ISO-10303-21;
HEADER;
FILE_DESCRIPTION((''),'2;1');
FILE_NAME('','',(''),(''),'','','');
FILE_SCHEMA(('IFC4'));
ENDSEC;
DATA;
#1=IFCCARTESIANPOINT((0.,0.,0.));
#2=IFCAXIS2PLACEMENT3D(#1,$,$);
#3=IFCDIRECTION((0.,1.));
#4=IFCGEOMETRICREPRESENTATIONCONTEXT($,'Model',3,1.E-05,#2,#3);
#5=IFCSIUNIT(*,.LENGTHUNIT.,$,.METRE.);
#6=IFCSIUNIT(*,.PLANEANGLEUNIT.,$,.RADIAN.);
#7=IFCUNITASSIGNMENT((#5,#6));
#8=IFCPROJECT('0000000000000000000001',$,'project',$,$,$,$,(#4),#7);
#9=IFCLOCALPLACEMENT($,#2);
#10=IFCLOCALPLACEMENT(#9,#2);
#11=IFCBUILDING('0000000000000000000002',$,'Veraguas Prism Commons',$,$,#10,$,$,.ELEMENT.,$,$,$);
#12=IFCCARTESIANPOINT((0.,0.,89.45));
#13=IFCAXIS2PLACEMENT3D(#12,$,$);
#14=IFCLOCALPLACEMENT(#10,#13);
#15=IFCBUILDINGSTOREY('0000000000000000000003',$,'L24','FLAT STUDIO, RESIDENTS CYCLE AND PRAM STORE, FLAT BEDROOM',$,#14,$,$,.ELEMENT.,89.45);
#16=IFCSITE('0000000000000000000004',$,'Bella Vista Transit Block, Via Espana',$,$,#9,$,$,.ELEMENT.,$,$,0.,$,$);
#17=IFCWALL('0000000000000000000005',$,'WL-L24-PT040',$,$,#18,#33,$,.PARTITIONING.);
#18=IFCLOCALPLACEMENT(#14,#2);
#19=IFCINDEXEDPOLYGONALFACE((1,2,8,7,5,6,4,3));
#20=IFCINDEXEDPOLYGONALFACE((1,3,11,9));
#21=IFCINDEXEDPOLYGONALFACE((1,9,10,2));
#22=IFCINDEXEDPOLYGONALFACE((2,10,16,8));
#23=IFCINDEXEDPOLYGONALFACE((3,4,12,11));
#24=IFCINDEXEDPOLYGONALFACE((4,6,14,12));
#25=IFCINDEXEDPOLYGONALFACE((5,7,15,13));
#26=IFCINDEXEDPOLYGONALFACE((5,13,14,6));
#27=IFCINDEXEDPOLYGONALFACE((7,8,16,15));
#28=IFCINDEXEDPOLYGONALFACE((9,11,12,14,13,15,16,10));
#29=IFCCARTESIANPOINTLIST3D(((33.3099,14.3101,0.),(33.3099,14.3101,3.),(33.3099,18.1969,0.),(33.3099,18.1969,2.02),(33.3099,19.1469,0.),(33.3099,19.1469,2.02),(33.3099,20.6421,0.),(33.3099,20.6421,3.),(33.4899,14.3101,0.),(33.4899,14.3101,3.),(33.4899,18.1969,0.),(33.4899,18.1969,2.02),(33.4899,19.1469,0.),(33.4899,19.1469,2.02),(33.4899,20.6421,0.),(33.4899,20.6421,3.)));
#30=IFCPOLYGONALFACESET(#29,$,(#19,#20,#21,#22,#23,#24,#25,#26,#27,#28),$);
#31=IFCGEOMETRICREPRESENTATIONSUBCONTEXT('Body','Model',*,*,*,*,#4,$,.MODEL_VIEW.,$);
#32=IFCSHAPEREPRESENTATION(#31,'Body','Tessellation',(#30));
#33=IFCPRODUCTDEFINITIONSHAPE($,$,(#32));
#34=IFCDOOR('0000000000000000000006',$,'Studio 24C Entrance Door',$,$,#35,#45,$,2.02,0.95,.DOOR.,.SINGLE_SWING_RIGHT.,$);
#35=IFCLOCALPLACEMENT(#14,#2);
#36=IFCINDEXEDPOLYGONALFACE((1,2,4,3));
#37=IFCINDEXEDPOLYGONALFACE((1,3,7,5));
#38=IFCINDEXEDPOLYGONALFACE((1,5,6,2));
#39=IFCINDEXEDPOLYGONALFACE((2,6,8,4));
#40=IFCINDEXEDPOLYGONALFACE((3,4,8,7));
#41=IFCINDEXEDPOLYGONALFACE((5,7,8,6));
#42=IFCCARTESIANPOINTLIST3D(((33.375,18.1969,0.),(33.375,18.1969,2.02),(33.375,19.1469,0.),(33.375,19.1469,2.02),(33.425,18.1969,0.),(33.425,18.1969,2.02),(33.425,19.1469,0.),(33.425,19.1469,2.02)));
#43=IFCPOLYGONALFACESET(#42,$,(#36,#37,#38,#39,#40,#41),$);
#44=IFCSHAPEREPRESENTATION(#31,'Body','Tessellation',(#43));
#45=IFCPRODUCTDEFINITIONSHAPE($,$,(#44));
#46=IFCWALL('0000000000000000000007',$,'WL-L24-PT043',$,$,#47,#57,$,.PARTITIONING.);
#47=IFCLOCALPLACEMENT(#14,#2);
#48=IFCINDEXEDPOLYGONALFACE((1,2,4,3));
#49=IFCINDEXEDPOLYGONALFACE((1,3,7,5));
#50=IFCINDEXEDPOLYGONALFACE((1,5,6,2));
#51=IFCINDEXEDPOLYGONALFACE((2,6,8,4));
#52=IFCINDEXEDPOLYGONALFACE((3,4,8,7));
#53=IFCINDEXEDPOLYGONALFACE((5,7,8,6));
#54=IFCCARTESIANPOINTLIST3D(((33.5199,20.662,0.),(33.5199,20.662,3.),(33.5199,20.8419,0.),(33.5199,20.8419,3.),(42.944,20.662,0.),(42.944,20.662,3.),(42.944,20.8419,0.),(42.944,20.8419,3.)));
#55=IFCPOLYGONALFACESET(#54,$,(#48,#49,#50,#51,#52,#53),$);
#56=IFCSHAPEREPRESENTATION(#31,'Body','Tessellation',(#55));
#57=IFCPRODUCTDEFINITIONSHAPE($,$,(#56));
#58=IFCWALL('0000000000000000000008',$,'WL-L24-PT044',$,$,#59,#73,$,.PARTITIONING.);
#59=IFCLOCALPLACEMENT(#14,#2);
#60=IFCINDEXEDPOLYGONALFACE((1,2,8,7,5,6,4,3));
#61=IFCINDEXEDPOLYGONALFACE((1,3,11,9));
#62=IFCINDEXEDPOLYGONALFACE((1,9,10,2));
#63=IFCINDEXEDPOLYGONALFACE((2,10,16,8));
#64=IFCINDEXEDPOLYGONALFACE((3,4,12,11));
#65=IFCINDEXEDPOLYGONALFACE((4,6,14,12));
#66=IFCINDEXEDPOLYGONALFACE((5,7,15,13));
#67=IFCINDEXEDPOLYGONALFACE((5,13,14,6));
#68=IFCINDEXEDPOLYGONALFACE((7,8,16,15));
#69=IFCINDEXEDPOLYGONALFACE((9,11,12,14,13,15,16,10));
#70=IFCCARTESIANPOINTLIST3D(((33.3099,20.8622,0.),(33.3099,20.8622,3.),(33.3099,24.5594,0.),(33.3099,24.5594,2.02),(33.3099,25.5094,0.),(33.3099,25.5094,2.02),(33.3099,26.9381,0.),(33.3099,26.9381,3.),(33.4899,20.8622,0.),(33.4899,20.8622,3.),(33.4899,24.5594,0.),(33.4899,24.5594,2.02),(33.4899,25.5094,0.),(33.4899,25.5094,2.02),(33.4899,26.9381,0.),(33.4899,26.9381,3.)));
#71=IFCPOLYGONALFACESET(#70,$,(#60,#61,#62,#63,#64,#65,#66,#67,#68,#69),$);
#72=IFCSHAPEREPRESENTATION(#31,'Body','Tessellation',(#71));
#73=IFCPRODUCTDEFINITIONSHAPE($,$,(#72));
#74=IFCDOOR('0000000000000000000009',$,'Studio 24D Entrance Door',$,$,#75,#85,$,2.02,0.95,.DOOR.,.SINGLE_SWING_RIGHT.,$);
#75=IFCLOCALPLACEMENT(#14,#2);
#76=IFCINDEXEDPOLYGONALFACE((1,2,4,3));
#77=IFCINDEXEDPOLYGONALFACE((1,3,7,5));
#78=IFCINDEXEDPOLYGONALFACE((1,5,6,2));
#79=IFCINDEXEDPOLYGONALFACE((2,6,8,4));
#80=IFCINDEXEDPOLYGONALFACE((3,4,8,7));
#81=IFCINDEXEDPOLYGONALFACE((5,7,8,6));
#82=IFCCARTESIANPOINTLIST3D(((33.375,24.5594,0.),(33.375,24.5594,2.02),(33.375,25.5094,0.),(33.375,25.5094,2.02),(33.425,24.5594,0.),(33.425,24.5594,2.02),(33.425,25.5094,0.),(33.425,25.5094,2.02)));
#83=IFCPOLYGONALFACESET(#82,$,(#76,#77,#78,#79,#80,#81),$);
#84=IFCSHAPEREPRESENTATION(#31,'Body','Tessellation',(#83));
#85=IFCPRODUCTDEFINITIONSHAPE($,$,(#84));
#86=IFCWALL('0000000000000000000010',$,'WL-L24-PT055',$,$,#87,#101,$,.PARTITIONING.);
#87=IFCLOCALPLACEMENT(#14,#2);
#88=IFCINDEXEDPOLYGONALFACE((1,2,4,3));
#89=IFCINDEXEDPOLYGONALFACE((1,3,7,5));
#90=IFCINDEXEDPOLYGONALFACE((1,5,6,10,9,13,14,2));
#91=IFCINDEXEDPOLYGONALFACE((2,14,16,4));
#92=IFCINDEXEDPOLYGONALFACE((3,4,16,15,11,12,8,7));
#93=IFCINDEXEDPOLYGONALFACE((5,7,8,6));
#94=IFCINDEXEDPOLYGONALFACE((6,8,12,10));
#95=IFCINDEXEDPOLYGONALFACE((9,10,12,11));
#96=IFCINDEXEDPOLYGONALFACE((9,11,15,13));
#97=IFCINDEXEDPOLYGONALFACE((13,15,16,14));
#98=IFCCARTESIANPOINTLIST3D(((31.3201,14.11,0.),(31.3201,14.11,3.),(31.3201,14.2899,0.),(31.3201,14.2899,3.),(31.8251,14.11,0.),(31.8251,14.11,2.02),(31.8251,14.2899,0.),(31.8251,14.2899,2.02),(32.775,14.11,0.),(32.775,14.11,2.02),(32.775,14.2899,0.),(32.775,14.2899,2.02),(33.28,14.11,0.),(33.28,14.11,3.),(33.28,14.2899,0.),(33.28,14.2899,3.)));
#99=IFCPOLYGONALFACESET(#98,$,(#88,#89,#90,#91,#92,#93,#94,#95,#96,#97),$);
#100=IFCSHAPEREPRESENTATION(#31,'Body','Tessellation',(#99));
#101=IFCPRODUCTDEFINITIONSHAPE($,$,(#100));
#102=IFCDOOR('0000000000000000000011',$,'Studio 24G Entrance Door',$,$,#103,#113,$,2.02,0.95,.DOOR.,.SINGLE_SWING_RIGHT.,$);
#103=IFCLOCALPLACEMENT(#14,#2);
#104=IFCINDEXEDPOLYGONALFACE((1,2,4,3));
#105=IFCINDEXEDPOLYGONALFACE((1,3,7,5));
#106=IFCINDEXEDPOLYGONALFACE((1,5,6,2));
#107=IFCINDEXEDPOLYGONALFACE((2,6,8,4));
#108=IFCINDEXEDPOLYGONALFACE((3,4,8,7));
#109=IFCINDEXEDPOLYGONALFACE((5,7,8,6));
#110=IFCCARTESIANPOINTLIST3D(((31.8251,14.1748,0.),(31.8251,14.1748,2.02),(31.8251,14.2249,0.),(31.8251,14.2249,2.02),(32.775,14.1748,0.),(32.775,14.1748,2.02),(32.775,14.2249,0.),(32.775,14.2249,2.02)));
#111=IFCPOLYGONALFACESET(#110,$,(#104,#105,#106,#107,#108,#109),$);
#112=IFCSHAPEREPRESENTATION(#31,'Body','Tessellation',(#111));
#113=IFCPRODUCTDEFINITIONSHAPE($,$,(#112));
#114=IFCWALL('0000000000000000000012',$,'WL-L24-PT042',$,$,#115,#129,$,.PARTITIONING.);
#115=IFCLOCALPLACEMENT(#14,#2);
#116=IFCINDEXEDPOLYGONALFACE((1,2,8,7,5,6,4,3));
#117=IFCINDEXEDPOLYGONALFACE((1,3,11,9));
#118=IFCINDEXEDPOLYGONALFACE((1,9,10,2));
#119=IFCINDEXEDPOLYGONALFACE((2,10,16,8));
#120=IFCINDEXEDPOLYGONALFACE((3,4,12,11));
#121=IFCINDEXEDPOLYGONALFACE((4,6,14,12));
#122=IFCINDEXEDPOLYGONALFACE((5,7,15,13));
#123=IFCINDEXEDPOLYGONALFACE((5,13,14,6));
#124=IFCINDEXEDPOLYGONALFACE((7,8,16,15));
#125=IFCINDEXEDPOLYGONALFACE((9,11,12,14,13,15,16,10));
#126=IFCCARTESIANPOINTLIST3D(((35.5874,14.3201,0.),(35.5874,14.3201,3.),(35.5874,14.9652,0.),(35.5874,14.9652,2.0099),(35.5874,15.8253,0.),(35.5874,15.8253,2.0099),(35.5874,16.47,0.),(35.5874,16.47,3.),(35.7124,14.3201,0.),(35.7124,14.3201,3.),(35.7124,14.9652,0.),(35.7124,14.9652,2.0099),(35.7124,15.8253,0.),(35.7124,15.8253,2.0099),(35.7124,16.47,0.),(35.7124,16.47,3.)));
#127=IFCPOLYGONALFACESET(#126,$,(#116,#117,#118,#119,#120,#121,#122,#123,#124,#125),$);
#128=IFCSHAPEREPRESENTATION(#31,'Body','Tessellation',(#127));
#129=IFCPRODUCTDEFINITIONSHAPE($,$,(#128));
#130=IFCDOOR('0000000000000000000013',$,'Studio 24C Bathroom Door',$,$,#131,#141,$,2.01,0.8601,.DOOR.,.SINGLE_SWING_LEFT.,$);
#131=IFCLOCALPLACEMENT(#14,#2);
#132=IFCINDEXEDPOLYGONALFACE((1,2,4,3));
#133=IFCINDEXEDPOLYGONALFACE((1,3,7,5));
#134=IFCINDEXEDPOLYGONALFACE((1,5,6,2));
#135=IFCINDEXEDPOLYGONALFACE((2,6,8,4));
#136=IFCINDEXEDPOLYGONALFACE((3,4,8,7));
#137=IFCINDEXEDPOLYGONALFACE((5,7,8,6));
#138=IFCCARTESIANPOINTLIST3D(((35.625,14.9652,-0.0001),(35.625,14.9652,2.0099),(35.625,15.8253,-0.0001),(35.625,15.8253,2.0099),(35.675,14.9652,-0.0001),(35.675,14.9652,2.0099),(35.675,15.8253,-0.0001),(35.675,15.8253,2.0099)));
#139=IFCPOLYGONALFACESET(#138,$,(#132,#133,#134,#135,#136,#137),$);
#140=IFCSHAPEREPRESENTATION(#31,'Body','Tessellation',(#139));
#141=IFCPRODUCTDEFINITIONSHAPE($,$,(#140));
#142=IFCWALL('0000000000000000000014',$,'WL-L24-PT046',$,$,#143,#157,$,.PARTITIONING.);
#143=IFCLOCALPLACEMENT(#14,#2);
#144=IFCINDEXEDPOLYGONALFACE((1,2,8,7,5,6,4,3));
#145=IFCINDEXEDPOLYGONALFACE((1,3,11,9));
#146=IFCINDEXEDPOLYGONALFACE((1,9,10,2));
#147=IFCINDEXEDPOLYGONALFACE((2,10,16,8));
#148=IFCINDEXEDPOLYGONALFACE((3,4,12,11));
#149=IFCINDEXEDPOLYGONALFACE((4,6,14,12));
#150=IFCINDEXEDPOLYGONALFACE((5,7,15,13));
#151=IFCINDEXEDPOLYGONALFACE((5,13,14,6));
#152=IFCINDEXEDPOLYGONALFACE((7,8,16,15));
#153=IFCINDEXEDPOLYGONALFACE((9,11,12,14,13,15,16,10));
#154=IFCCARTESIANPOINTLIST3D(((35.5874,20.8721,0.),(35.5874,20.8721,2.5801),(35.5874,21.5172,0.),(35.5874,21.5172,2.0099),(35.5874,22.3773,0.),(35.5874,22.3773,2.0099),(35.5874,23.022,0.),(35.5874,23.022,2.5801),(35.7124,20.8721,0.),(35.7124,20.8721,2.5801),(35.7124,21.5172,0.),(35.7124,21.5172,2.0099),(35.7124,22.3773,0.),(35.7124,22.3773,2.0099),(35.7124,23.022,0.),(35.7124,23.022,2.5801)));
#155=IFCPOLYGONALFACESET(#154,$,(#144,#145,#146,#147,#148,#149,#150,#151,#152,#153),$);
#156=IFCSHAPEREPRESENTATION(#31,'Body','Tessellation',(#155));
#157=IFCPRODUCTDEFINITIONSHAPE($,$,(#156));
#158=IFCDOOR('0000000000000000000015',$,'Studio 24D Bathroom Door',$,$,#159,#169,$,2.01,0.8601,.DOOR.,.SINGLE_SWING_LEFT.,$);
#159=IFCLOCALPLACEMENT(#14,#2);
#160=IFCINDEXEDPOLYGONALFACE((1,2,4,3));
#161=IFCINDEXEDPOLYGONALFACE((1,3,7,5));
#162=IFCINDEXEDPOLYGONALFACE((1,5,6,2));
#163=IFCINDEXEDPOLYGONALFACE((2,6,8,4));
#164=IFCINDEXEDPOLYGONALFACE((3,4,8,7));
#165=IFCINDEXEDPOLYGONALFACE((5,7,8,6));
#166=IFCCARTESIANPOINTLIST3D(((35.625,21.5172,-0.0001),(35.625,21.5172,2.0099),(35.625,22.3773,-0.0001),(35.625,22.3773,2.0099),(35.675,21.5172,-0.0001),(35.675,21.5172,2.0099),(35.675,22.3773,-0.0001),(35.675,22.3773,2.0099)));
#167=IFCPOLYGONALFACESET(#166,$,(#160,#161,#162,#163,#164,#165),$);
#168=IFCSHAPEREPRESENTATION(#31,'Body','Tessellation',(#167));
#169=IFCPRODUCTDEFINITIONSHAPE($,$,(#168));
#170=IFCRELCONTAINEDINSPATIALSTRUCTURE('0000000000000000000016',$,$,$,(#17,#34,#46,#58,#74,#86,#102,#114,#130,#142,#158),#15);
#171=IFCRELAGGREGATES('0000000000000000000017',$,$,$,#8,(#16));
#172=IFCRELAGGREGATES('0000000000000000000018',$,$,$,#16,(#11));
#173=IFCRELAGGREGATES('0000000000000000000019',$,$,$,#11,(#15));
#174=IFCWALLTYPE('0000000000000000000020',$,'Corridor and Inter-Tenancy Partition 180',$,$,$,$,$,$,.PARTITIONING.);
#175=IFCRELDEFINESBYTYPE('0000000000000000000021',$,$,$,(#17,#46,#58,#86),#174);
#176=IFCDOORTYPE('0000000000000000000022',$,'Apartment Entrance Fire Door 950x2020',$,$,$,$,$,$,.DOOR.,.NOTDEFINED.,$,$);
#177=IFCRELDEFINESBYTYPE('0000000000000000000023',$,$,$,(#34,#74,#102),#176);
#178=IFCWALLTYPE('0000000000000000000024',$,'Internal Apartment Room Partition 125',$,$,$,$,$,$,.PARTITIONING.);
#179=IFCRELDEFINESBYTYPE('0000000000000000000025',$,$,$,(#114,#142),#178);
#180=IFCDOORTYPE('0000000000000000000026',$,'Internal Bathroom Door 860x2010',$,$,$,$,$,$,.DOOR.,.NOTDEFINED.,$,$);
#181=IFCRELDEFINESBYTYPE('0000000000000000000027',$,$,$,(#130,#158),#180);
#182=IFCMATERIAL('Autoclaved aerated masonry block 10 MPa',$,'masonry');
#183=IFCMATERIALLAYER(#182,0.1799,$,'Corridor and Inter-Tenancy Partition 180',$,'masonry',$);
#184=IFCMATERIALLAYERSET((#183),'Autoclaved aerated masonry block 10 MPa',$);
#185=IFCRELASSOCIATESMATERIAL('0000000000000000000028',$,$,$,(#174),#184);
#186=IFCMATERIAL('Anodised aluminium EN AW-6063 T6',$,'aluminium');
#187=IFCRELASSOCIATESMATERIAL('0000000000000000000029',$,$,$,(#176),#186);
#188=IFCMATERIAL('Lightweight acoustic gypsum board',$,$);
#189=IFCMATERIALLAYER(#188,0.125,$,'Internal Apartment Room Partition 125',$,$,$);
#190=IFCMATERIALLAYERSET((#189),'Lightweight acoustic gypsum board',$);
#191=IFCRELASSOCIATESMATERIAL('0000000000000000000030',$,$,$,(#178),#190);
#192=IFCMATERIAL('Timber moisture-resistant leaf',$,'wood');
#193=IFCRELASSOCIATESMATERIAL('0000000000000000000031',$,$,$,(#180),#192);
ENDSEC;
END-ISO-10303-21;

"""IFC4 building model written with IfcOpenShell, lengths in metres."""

from ifc_helpers import new_model, si_unit, direction, frame, frame_2d, origin, place, context, subcontext, project, spatial, rectangle, extrude, source, transform, mapped, material, layer, layer_set, type_object, element, fill, save


model = new_model("IFC4")

# Units and contexts
model_context = context("Model", 3, precision=1e-05, world=origin(), true_north=direction((0.0, 1.0)))
body_context = subcontext(model_context, "Body", "Model", "MODEL_VIEW")
ifc_project = project(units=[si_unit("LENGTHUNIT", "METRE"), si_unit("PLANEANGLEUNIT", "RADIAN")], contexts=[model_context])

# Site, building, storey
site_placement = place(None, origin())
site = spatial("IfcSite", under=ifc_project, at=site_placement, Name="Bella Vista Transit Block, Via Espana", CompositionType="ELEMENT", RefElevation=0.0)
building_placement = place(site_placement, origin())
building = spatial("IfcBuilding", under=site, at=building_placement, Name="Veraguas Prism Commons", CompositionType="ELEMENT")
storey_placement = place(building_placement, frame((0.0, 0.0, 89.45)))
storey = spatial("IfcBuildingStorey", under=building, at=storey_placement, Name="L24", Description="FLAT STUDIO, RESIDENTS CYCLE AND PRAM STORE, FLAT BEDROOM", CompositionType="ELEMENT", Elevation=89.45)

# Shared definitions
ifc_material_1 = material(Name="Anodised aluminium EN AW-6063 T6", Category="aluminium")

# Shared definitions
ifc_material_2 = material(Name="Autoclaved aerated masonry block 10 MPa", Category="masonry")
ifc_layer_1 = layer(ifc_material_2, 0.1799, Name="Corridor and Inter-Tenancy Partition 180", Category="masonry")
ifc_layer_set_1 = layer_set([ifc_layer_1], Name="Autoclaved aerated masonry block 10 MPa")
wall_type_1 = type_object("IfcWallType", Name="Corridor and Inter-Tenancy Partition 180", PredefinedType="PARTITIONING", material=ifc_layer_set_1)

# Wall, opening, door
wall_1_placement = place(storey_placement, frame((33.3999, 14.3101, 0.0), z_axis=(0.0, 0.0, 1.0), x_axis=(0.0, 1.0, 0.0)))
wall_1 = element("IfcWall", 1, at=wall_1_placement, inside=storey, type_object=wall_type_1, Name="WL-L24-PT040", PredefinedType="PARTITIONING", context=body_context, shape_type="SweptSolid", body=[
    extrude(rectangle(XDim=6.332, YDim=0.1799, at=frame_2d((3.166, 0.0))), origin(), (0.0, 0.0, 1.0), 3.0),
])
opening_1_placement = place(wall_1_placement, frame((3.8867, 0.0, 0.0)))
opening_1 = element("IfcOpeningElement", 2, at=opening_1_placement, cuts=wall_1, PredefinedType="OPENING", context=body_context, shape_type="SweptSolid", body=[
    extrude(rectangle(XDim=0.95, YDim=2.02, at=frame_2d((0.4751, 1.01))), frame((0.0, 0.0999, 0.0), z_axis=(0.0, -1.0, 0.0), x_axis=(1.0, 0.0, 0.0)), (0.0, 0.0, 1.0), 0.2),
])
door_type_1 = type_object("IfcDoorType", Name="Apartment Entrance Fire Door 950x2020", OperationType="NOTDEFINED", PredefinedType="DOOR", material=ifc_material_1)
shared_shape_1 = source(origin(), body_context, "Body", "SweptSolid", [
    extrude(rectangle(XDim=0.95, YDim=2.02, at=frame_2d((0.4751, 1.01))), frame((0.0, 0.0249, 0.0), z_axis=(0.0, -1.0, 0.0), x_axis=(1.0, 0.0, 0.0)), (0.0, 0.0, 1.0), 0.05),
])
door_1_placement = place(opening_1_placement, origin())
door_1 = element("IfcDoor", 3, at=door_1_placement, inside=storey, type_object=door_type_1, Name="Studio 24C Entrance Door", OperationType="SINGLE_SWING_RIGHT", OverallHeight=2.02, OverallWidth=0.95, PredefinedType="DOOR", context=body_context, shape_type="MappedRepresentation", body=[
    mapped(shared_shape_1, transform((0.0, 0.0, 0.0), scale=1.0)),
])
fill(opening_1, door_1)

# Wall
wall_2_placement = place(storey_placement, frame((33.52, 20.752, 0.0), z_axis=(0.0, 0.0, 1.0), x_axis=(1.0, 0.0, 0.0)))
element("IfcWall", 4, at=wall_2_placement, inside=storey, type_object=wall_type_1, Name="WL-L24-PT043", PredefinedType="PARTITIONING", context=body_context, shape_type="SweptSolid", body=[
    extrude(rectangle(XDim=9.4241, YDim=0.1799, at=frame_2d((4.7119, 0.0))), origin(), (0.0, 0.0, 1.0), 3.0),
])

# Walls, openings, doors
wall_3_placement = place(storey_placement, frame((33.3999, 20.8621, 0.0), z_axis=(0.0, 0.0, 1.0), x_axis=(0.0, 1.0, 0.0)))
wall_3 = element("IfcWall", 5, at=wall_3_placement, inside=storey, type_object=wall_type_1, Name="WL-L24-PT044", PredefinedType="PARTITIONING", context=body_context, shape_type="SweptSolid", body=[
    extrude(rectangle(XDim=6.0759, YDim=0.1799, at=frame_2d((3.0381, 0.0))), origin(), (0.0, 0.0, 1.0), 3.0),
])
opening_2_placement = place(wall_3_placement, frame((3.6973, 0.0, 0.0)))
opening_2 = element("IfcOpeningElement", 6, at=opening_2_placement, cuts=wall_3, PredefinedType="OPENING", context=body_context, shape_type="SweptSolid", body=[
    extrude(rectangle(XDim=0.95, YDim=2.02, at=frame_2d((0.4751, 1.01))), frame((0.0, 0.0999, 0.0), z_axis=(0.0, -1.0, 0.0), x_axis=(1.0, 0.0, 0.0)), (0.0, 0.0, 1.0), 0.2),
])
door_2_placement = place(opening_2_placement, origin())
door_2 = element("IfcDoor", 7, at=door_2_placement, inside=storey, type_object=door_type_1, Name="Studio 24D Entrance Door", OperationType="SINGLE_SWING_RIGHT", OverallHeight=2.02, OverallWidth=0.95, PredefinedType="DOOR", context=body_context, shape_type="MappedRepresentation", body=[
    mapped(shared_shape_1, transform((0.0, 0.0, 0.0), scale=1.0)),
])
fill(opening_2, door_2)
wall_4_placement = place(storey_placement, frame((31.3201, 14.2, 0.0), z_axis=(0.0, 0.0, 1.0), x_axis=(1.0, 0.0, 0.0)))
wall_4 = element("IfcWall", 8, at=wall_4_placement, inside=storey, type_object=wall_type_1, Name="WL-L24-PT055", PredefinedType="PARTITIONING", context=body_context, shape_type="SweptSolid", body=[
    extrude(rectangle(XDim=1.96, YDim=0.1799, at=frame_2d((0.98, 0.0))), origin(), (0.0, 0.0, 1.0), 3.0),
])
opening_3_placement = place(wall_4_placement, frame((0.5049, 0.0, 0.0)))
opening_3 = element("IfcOpeningElement", 9, at=opening_3_placement, cuts=wall_4, PredefinedType="OPENING", context=body_context, shape_type="SweptSolid", body=[
    extrude(rectangle(XDim=0.95, YDim=2.02, at=frame_2d((0.4751, 1.01))), frame((0.0, 0.0999, 0.0), z_axis=(0.0, -1.0, 0.0), x_axis=(1.0, 0.0, 0.0)), (0.0, 0.0, 1.0), 0.2),
])
door_3_placement = place(opening_3_placement, origin())
door_3 = element("IfcDoor", 10, at=door_3_placement, inside=storey, type_object=door_type_1, Name="Studio 24G Entrance Door", OperationType="SINGLE_SWING_RIGHT", OverallHeight=2.02, OverallWidth=0.95, PredefinedType="DOOR", context=body_context, shape_type="MappedRepresentation", body=[
    mapped(shared_shape_1, transform((0.0, 0.0, 0.0), scale=1.0)),
])
fill(opening_3, door_3)
ifc_material_3 = material(Name="Lightweight acoustic gypsum board")
ifc_layer_2 = layer(ifc_material_3, 0.125, Name="Internal Apartment Room Partition 125")
ifc_layer_set_2 = layer_set([ifc_layer_2], Name="Lightweight acoustic gypsum board")
wall_type_2 = type_object("IfcWallType", Name="Internal Apartment Room Partition 125", PredefinedType="PARTITIONING", material=ifc_layer_set_2)
wall_5_placement = place(storey_placement, frame((35.6499, 14.3201, 0.0), z_axis=(0.0, 0.0, 1.0), x_axis=(0.0, 1.0, 0.0)))
wall_5 = element("IfcWall", 11, at=wall_5_placement, inside=storey, type_object=wall_type_2, Name="WL-L24-PT042", PredefinedType="PARTITIONING", context=body_context, shape_type="SweptSolid", body=[
    extrude(rectangle(XDim=2.1499, YDim=0.125, at=frame_2d((1.075, 0.0))), origin(), (0.0, 0.0, 1.0), 3.0),
])
opening_4_placement = place(wall_5_placement, frame((0.645, 0.0, 0.0)))
opening_4 = element("IfcOpeningElement", 12, at=opening_4_placement, cuts=wall_5, PredefinedType="OPENING", context=body_context, shape_type="SweptSolid", body=[
    extrude(rectangle(XDim=0.8601, YDim=2.01, at=frame_2d((0.4302, 1.0049))), frame((0.0, 0.0725, 0.0), z_axis=(0.0, -1.0, 0.0), x_axis=(1.0, 0.0, 0.0)), (0.0, 0.0, 1.0), 0.145),
])
ifc_material_4 = material(Name="Timber moisture-resistant leaf", Category="wood")
door_type_2 = type_object("IfcDoorType", Name="Internal Bathroom Door 860x2010", OperationType="NOTDEFINED", PredefinedType="DOOR", material=ifc_material_4)
shared_shape_2 = source(origin(), body_context, "Body", "SweptSolid", [
    extrude(rectangle(XDim=0.8601, YDim=2.01, at=frame_2d((0.4302, 1.0049))), frame((0.0, 0.0249, 0.0), z_axis=(0.0, -1.0, 0.0), x_axis=(1.0, 0.0, 0.0)), (0.0, 0.0, 1.0), 0.05),
])
door_4_placement = place(opening_4_placement, origin())
door_4 = element("IfcDoor", 13, at=door_4_placement, inside=storey, type_object=door_type_2, Name="Studio 24C Bathroom Door", OperationType="SINGLE_SWING_LEFT", OverallHeight=2.01, OverallWidth=0.8601, PredefinedType="DOOR", context=body_context, shape_type="MappedRepresentation", body=[
    mapped(shared_shape_2, transform((0.0, 0.0, 0.0), scale=1.0)),
])
fill(opening_4, door_4)
wall_6_placement = place(storey_placement, frame((35.6499, 20.8721, 0.0), z_axis=(0.0, 0.0, 1.0), x_axis=(0.0, 1.0, 0.0)))
wall_6 = element("IfcWall", 14, at=wall_6_placement, inside=storey, type_object=wall_type_2, Name="WL-L24-PT046", PredefinedType="PARTITIONING", context=body_context, shape_type="SweptSolid", body=[
    extrude(rectangle(XDim=2.1499, YDim=0.125, at=frame_2d((1.075, 0.0))), origin(), (0.0, 0.0, 1.0), 2.5801),
])
opening_5_placement = place(wall_6_placement, frame((0.645, 0.0, 0.0)))
opening_5 = element("IfcOpeningElement", 15, at=opening_5_placement, cuts=wall_6, PredefinedType="OPENING", context=body_context, shape_type="SweptSolid", body=[
    extrude(rectangle(XDim=0.8601, YDim=2.01, at=frame_2d((0.4302, 1.0049))), frame((0.0, 0.0725, 0.0), z_axis=(0.0, -1.0, 0.0), x_axis=(1.0, 0.0, 0.0)), (0.0, 0.0, 1.0), 0.145),
])
door_5_placement = place(opening_5_placement, origin())
door_5 = element("IfcDoor", 16, at=door_5_placement, inside=storey, type_object=door_type_2, Name="Studio 24D Bathroom Door", OperationType="SINGLE_SWING_LEFT", OverallHeight=2.01, OverallWidth=0.8601, PredefinedType="DOOR", context=body_context, shape_type="MappedRepresentation", body=[
    mapped(shared_shape_2, transform((0.0, 0.0, 0.0), scale=1.0)),
])
fill(opening_5, door_5)

save(model, "model.ifc")
